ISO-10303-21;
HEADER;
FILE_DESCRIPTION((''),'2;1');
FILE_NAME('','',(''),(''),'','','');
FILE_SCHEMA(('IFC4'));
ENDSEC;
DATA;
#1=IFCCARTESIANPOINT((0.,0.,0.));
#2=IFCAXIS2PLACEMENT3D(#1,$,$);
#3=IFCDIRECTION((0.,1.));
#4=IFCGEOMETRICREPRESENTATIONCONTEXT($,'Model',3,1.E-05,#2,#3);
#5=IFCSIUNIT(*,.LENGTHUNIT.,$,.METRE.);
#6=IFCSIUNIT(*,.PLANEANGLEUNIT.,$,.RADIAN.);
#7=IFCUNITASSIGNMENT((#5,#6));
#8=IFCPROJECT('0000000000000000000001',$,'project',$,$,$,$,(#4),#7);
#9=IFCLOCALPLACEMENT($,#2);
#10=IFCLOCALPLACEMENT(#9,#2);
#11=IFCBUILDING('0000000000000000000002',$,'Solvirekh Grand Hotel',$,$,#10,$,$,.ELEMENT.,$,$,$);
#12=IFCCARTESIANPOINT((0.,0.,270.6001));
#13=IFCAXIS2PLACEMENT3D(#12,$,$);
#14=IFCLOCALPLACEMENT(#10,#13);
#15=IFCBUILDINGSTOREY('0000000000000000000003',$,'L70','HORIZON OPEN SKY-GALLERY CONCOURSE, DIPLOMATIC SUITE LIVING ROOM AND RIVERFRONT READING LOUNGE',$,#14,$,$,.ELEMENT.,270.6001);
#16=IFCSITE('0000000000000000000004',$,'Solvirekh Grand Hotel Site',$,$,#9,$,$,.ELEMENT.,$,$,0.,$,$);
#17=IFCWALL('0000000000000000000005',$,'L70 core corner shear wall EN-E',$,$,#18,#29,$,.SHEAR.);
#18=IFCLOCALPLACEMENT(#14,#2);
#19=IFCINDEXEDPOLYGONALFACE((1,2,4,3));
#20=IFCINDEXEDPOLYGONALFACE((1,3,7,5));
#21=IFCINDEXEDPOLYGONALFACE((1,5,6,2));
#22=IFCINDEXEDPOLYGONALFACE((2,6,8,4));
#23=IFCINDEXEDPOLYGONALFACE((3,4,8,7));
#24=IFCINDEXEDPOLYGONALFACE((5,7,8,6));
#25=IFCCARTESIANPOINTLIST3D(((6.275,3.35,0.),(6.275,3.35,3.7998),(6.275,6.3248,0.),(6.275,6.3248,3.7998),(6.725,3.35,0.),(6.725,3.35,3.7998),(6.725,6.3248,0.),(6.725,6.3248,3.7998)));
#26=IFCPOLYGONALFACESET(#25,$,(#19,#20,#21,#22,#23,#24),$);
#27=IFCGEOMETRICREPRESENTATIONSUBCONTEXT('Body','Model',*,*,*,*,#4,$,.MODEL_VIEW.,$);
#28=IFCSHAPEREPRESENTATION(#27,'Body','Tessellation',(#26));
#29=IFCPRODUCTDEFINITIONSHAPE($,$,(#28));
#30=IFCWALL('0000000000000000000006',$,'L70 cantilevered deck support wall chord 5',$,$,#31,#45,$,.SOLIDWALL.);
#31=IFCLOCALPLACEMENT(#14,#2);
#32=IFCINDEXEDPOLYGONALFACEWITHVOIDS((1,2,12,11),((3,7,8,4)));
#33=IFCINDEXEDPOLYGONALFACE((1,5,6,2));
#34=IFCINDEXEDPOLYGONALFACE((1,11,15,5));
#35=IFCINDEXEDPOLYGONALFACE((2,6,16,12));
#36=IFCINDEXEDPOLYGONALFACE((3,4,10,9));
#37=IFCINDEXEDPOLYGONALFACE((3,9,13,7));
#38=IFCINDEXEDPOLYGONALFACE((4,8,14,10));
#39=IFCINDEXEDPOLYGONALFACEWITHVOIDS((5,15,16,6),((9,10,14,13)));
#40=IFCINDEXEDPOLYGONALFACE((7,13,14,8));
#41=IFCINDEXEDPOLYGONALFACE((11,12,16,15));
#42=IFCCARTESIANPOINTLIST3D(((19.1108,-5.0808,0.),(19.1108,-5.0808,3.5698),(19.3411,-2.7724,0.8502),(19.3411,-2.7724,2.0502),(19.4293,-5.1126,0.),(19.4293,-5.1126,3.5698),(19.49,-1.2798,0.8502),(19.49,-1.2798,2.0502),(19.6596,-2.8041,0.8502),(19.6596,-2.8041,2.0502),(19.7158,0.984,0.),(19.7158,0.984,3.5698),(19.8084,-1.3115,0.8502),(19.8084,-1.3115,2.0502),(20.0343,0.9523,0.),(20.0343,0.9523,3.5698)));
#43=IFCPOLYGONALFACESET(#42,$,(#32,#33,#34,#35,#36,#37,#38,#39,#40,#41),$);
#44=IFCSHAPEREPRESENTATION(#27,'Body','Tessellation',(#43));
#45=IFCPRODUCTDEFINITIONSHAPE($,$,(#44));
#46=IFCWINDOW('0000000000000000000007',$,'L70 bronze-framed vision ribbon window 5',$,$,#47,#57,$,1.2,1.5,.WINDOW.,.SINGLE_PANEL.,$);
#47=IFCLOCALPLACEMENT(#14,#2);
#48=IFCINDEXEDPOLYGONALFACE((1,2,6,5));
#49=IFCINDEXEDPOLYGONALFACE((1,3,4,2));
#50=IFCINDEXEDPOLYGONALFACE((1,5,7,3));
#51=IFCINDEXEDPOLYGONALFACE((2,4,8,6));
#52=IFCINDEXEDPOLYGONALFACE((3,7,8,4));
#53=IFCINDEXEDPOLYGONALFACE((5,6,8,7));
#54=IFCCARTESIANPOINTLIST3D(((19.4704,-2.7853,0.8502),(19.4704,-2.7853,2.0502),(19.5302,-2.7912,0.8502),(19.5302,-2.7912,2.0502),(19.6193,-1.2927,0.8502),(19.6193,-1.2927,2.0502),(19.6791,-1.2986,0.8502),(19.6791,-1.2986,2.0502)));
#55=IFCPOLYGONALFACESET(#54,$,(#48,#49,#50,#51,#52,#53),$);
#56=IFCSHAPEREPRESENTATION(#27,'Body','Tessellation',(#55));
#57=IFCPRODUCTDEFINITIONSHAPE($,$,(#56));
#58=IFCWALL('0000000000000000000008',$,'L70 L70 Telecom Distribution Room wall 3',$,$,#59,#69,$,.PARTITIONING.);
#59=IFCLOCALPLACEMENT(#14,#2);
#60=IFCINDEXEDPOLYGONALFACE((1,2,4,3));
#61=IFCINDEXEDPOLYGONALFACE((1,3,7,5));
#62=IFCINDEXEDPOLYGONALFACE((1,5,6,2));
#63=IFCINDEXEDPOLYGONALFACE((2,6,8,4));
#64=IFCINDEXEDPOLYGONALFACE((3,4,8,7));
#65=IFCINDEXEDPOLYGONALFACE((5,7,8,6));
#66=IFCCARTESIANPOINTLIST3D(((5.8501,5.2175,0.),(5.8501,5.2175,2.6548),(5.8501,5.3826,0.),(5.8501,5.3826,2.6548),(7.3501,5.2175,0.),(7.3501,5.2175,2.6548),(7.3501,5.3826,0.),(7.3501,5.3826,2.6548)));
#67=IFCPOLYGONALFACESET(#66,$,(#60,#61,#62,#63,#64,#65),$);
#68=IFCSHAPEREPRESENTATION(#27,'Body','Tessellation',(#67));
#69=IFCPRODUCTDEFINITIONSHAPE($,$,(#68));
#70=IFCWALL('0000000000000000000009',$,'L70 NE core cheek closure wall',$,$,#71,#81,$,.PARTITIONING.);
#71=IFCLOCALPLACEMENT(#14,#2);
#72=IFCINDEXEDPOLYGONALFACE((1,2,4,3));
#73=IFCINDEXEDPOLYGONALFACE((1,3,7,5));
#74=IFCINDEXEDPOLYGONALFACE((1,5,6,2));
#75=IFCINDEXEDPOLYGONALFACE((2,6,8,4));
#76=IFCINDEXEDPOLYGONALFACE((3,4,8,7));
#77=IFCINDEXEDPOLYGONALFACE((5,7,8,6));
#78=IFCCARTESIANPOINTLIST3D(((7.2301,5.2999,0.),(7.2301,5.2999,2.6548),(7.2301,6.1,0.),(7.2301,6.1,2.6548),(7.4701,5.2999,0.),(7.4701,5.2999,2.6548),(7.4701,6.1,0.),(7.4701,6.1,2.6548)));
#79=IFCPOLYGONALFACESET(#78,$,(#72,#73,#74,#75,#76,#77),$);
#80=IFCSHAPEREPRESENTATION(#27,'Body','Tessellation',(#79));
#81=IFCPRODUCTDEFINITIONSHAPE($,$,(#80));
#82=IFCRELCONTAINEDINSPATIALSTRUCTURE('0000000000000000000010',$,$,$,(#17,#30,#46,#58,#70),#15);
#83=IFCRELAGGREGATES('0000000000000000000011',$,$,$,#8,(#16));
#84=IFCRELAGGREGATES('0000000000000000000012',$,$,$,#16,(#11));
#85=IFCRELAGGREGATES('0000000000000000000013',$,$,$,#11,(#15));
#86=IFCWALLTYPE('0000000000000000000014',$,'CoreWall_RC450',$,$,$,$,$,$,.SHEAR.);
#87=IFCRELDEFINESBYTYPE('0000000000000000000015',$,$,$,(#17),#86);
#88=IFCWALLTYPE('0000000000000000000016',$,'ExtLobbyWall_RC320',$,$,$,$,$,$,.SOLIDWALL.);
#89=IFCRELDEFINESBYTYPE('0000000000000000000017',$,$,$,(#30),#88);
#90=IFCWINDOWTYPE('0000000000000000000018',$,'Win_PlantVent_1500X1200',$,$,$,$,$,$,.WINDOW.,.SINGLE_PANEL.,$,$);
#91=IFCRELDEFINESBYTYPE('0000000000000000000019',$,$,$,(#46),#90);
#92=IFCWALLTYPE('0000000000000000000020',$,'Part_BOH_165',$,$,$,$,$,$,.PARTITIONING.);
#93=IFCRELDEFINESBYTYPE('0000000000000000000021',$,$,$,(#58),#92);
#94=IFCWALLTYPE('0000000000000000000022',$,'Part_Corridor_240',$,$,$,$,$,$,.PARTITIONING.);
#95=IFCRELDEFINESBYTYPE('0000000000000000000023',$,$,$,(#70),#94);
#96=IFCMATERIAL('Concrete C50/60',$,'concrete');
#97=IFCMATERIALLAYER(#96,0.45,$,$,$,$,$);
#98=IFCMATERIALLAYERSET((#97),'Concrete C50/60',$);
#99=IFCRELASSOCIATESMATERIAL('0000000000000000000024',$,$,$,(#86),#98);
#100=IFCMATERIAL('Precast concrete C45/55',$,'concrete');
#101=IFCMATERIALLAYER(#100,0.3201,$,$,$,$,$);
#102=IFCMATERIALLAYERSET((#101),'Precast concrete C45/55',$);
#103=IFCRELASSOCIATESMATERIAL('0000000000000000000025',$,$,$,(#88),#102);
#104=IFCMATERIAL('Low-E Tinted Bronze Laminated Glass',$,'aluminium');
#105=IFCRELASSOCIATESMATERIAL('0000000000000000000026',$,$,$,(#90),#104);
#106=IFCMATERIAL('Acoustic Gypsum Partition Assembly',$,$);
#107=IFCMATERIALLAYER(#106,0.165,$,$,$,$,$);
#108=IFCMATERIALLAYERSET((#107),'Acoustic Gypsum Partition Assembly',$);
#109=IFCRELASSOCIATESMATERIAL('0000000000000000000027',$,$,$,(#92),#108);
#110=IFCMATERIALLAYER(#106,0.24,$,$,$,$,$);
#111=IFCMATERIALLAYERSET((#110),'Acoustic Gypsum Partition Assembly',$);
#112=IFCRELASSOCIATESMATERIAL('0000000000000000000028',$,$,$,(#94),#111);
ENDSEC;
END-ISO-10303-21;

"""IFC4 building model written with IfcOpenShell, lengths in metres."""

from ifc_helpers import new_model, si_unit, direction, frame, frame_2d, origin, place, context, subcontext, project, spatial, rectangle, extrude, material, layer, layer_set, type_object, element, fill, save


model = new_model("IFC4")

# Units and contexts
model_context = context("Model", 3, precision=1e-05, world=origin(), true_north=direction((0.0, 1.0)))
body_context = subcontext(model_context, "Body", "Model", "MODEL_VIEW")
ifc_project = project(units=[si_unit("LENGTHUNIT", "METRE"), si_unit("PLANEANGLEUNIT", "RADIAN")], contexts=[model_context])

# Site, building, storey
site_placement = place(None, origin())
site = spatial("IfcSite", under=ifc_project, at=site_placement, Name="Solvirekh Grand Hotel Site", CompositionType="ELEMENT", RefElevation=0.0)
building_placement = place(site_placement, origin())
building = spatial("IfcBuilding", under=site, at=building_placement, Name="Solvirekh Grand Hotel", CompositionType="ELEMENT")
storey_placement = place(building_placement, frame((0.0, 0.0, 270.6001)))
storey = spatial("IfcBuildingStorey", under=building, at=storey_placement, Name="L70", Description="HORIZON OPEN SKY-GALLERY CONCOURSE, DIPLOMATIC SUITE LIVING ROOM AND RIVERFRONT READING LOUNGE", CompositionType="ELEMENT", Elevation=270.6001)

# Shared definitions
ifc_material_1 = material(Name="Concrete C50/60", Category="concrete")

# Wall
ifc_layer_1 = layer(ifc_material_1, 0.45)
ifc_layer_set_1 = layer_set([ifc_layer_1], Name="Concrete C50/60")
wall_type_1 = type_object("IfcWallType", Name="CoreWall_RC450", PredefinedType="SHEAR", material=ifc_layer_set_1)
wall_1_placement = place(storey_placement, frame((6.5, 3.3501, 0.0), z_axis=(0.0, 0.0, 1.0), x_axis=(0.0, 1.0, 0.0)))
element("IfcWall", 1, at=wall_1_placement, inside=storey, type_object=wall_type_1, Name="L70 core corner shear wall EN-E", PredefinedType="SHEAR", context=body_context, shape_type="SweptSolid", body=[
    extrude(rectangle(XDim=2.9749, YDim=0.45, at=frame_2d((1.4873, 0.0))), origin(), (0.0, 0.0, 1.0), 3.7998),
])

# Wall, opening, window
ifc_material_2 = material(Name="Precast concrete C45/55", Category="concrete")
ifc_layer_2 = layer(ifc_material_2, 0.3201)
ifc_layer_set_2 = layer_set([ifc_layer_2], Name="Precast concrete C45/55")
wall_type_2 = type_object("IfcWallType", Name="ExtLobbyWall_RC320", PredefinedType="SOLIDWALL", material=ifc_layer_set_2)
wall_2_placement = place(storey_placement, frame((19.875, 0.968, 0.0), z_axis=(0.0, 0.0, 1.0), x_axis=(-0.099258, -0.995062, 0.0)))
wall_2 = element("IfcWall", 2, at=wall_2_placement, inside=storey, type_object=wall_type_2, Name="L70 cantilevered deck support wall chord 5", PredefinedType="SOLIDWALL", context=body_context, shape_type="SweptSolid", body=[
    extrude(rectangle(XDim=6.095, YDim=0.3201, at=frame_2d((3.0474, 0.0))), origin(), (0.0, 0.0, 1.0), 3.5698),
])
opening_1_placement = place(wall_2_placement, frame((2.2749, 0.0, 0.8501)))
opening_1 = element("IfcOpeningElement", 3, at=opening_1_placement, cuts=wall_2, PredefinedType="OPENING", context=body_context, shape_type="SweptSolid", body=[
    extrude(rectangle(XDim=1.5, YDim=1.2, at=frame_2d((0.75, 0.6001))), frame((0.0, 0.1699, 0.0), z_axis=(0.0, -1.0, 0.0), x_axis=(1.0, 0.0, 0.0)), (0.0, 0.0, 1.0), 0.3401),
])
ifc_material_3 = material(Name="Low-E Tinted Bronze Laminated Glass", Category="aluminium")
window_type = type_object("IfcWindowType", Name="Win_PlantVent_1500X1200", PartitioningType="SINGLE_PANEL", PredefinedType="WINDOW", material=ifc_material_3)
window_placement = place(opening_1_placement, origin())
window = element("IfcWindow", 4, at=window_placement, inside=storey, type_object=window_type, Name="L70 bronze-framed vision ribbon window 5", OverallHeight=1.2, OverallWidth=1.5, PartitioningType="SINGLE_PANEL", PredefinedType="WINDOW", context=body_context, shape_type="SweptSolid", body=[
    extrude(rectangle(XDim=1.5, YDim=1.2, at=frame_2d((0.75, 0.6001))), frame((0.0, 0.03, 0.0), z_axis=(0.0, -1.0, 0.0), x_axis=(1.0, 0.0, 0.0)), (0.0, 0.0, 1.0), 0.0601),
])
fill(opening_1, window)

# Shared definitions
ifc_material_4 = material(Name="Acoustic Gypsum Partition Assembly")
ifc_layer_3 = layer(ifc_material_4, 0.165)
ifc_layer_set_3 = layer_set([ifc_layer_3], Name="Acoustic Gypsum Partition Assembly")
wall_type_3 = type_object("IfcWallType", Name="Part_BOH_165", PredefinedType="PARTITIONING", material=ifc_layer_set_3)

# Walls
wall_3_placement = place(storey_placement, frame((7.3501, 5.3, 0.0), z_axis=(0.0, 0.0, 1.0), x_axis=(-1.0, 0.0, 0.0)))
element("IfcWall", 5, at=wall_3_placement, inside=storey, type_object=wall_type_3, Name="L70 L70 Telecom Distribution Room wall 3", PredefinedType="PARTITIONING", context=body_context, shape_type="SweptSolid", body=[
    extrude(rectangle(XDim=1.5, YDim=0.165, at=frame_2d((0.75, 0.0))), origin(), (0.0, 0.0, 1.0), 2.6548),
])
ifc_layer_4 = layer(ifc_material_4, 0.24)
ifc_layer_set_4 = layer_set([ifc_layer_4], Name="Acoustic Gypsum Partition Assembly")
wall_type_4 = type_object("IfcWallType", Name="Part_Corridor_240", PredefinedType="PARTITIONING", material=ifc_layer_set_4)
wall_4_placement = place(storey_placement, frame((7.3501, 5.3, 0.0), z_axis=(0.0, 0.0, 1.0), x_axis=(0.0, 1.0, 0.0)))
element("IfcWall", 6, at=wall_4_placement, inside=storey, type_object=wall_type_4, Name="L70 NE core cheek closure wall", PredefinedType="PARTITIONING", context=body_context, shape_type="SweptSolid", body=[
    extrude(rectangle(XDim=0.8, YDim=0.24, at=frame_2d((0.3999, 0.0))), origin(), (0.0, 0.0, 1.0), 2.6548),
])

save(model, "model.ifc")
